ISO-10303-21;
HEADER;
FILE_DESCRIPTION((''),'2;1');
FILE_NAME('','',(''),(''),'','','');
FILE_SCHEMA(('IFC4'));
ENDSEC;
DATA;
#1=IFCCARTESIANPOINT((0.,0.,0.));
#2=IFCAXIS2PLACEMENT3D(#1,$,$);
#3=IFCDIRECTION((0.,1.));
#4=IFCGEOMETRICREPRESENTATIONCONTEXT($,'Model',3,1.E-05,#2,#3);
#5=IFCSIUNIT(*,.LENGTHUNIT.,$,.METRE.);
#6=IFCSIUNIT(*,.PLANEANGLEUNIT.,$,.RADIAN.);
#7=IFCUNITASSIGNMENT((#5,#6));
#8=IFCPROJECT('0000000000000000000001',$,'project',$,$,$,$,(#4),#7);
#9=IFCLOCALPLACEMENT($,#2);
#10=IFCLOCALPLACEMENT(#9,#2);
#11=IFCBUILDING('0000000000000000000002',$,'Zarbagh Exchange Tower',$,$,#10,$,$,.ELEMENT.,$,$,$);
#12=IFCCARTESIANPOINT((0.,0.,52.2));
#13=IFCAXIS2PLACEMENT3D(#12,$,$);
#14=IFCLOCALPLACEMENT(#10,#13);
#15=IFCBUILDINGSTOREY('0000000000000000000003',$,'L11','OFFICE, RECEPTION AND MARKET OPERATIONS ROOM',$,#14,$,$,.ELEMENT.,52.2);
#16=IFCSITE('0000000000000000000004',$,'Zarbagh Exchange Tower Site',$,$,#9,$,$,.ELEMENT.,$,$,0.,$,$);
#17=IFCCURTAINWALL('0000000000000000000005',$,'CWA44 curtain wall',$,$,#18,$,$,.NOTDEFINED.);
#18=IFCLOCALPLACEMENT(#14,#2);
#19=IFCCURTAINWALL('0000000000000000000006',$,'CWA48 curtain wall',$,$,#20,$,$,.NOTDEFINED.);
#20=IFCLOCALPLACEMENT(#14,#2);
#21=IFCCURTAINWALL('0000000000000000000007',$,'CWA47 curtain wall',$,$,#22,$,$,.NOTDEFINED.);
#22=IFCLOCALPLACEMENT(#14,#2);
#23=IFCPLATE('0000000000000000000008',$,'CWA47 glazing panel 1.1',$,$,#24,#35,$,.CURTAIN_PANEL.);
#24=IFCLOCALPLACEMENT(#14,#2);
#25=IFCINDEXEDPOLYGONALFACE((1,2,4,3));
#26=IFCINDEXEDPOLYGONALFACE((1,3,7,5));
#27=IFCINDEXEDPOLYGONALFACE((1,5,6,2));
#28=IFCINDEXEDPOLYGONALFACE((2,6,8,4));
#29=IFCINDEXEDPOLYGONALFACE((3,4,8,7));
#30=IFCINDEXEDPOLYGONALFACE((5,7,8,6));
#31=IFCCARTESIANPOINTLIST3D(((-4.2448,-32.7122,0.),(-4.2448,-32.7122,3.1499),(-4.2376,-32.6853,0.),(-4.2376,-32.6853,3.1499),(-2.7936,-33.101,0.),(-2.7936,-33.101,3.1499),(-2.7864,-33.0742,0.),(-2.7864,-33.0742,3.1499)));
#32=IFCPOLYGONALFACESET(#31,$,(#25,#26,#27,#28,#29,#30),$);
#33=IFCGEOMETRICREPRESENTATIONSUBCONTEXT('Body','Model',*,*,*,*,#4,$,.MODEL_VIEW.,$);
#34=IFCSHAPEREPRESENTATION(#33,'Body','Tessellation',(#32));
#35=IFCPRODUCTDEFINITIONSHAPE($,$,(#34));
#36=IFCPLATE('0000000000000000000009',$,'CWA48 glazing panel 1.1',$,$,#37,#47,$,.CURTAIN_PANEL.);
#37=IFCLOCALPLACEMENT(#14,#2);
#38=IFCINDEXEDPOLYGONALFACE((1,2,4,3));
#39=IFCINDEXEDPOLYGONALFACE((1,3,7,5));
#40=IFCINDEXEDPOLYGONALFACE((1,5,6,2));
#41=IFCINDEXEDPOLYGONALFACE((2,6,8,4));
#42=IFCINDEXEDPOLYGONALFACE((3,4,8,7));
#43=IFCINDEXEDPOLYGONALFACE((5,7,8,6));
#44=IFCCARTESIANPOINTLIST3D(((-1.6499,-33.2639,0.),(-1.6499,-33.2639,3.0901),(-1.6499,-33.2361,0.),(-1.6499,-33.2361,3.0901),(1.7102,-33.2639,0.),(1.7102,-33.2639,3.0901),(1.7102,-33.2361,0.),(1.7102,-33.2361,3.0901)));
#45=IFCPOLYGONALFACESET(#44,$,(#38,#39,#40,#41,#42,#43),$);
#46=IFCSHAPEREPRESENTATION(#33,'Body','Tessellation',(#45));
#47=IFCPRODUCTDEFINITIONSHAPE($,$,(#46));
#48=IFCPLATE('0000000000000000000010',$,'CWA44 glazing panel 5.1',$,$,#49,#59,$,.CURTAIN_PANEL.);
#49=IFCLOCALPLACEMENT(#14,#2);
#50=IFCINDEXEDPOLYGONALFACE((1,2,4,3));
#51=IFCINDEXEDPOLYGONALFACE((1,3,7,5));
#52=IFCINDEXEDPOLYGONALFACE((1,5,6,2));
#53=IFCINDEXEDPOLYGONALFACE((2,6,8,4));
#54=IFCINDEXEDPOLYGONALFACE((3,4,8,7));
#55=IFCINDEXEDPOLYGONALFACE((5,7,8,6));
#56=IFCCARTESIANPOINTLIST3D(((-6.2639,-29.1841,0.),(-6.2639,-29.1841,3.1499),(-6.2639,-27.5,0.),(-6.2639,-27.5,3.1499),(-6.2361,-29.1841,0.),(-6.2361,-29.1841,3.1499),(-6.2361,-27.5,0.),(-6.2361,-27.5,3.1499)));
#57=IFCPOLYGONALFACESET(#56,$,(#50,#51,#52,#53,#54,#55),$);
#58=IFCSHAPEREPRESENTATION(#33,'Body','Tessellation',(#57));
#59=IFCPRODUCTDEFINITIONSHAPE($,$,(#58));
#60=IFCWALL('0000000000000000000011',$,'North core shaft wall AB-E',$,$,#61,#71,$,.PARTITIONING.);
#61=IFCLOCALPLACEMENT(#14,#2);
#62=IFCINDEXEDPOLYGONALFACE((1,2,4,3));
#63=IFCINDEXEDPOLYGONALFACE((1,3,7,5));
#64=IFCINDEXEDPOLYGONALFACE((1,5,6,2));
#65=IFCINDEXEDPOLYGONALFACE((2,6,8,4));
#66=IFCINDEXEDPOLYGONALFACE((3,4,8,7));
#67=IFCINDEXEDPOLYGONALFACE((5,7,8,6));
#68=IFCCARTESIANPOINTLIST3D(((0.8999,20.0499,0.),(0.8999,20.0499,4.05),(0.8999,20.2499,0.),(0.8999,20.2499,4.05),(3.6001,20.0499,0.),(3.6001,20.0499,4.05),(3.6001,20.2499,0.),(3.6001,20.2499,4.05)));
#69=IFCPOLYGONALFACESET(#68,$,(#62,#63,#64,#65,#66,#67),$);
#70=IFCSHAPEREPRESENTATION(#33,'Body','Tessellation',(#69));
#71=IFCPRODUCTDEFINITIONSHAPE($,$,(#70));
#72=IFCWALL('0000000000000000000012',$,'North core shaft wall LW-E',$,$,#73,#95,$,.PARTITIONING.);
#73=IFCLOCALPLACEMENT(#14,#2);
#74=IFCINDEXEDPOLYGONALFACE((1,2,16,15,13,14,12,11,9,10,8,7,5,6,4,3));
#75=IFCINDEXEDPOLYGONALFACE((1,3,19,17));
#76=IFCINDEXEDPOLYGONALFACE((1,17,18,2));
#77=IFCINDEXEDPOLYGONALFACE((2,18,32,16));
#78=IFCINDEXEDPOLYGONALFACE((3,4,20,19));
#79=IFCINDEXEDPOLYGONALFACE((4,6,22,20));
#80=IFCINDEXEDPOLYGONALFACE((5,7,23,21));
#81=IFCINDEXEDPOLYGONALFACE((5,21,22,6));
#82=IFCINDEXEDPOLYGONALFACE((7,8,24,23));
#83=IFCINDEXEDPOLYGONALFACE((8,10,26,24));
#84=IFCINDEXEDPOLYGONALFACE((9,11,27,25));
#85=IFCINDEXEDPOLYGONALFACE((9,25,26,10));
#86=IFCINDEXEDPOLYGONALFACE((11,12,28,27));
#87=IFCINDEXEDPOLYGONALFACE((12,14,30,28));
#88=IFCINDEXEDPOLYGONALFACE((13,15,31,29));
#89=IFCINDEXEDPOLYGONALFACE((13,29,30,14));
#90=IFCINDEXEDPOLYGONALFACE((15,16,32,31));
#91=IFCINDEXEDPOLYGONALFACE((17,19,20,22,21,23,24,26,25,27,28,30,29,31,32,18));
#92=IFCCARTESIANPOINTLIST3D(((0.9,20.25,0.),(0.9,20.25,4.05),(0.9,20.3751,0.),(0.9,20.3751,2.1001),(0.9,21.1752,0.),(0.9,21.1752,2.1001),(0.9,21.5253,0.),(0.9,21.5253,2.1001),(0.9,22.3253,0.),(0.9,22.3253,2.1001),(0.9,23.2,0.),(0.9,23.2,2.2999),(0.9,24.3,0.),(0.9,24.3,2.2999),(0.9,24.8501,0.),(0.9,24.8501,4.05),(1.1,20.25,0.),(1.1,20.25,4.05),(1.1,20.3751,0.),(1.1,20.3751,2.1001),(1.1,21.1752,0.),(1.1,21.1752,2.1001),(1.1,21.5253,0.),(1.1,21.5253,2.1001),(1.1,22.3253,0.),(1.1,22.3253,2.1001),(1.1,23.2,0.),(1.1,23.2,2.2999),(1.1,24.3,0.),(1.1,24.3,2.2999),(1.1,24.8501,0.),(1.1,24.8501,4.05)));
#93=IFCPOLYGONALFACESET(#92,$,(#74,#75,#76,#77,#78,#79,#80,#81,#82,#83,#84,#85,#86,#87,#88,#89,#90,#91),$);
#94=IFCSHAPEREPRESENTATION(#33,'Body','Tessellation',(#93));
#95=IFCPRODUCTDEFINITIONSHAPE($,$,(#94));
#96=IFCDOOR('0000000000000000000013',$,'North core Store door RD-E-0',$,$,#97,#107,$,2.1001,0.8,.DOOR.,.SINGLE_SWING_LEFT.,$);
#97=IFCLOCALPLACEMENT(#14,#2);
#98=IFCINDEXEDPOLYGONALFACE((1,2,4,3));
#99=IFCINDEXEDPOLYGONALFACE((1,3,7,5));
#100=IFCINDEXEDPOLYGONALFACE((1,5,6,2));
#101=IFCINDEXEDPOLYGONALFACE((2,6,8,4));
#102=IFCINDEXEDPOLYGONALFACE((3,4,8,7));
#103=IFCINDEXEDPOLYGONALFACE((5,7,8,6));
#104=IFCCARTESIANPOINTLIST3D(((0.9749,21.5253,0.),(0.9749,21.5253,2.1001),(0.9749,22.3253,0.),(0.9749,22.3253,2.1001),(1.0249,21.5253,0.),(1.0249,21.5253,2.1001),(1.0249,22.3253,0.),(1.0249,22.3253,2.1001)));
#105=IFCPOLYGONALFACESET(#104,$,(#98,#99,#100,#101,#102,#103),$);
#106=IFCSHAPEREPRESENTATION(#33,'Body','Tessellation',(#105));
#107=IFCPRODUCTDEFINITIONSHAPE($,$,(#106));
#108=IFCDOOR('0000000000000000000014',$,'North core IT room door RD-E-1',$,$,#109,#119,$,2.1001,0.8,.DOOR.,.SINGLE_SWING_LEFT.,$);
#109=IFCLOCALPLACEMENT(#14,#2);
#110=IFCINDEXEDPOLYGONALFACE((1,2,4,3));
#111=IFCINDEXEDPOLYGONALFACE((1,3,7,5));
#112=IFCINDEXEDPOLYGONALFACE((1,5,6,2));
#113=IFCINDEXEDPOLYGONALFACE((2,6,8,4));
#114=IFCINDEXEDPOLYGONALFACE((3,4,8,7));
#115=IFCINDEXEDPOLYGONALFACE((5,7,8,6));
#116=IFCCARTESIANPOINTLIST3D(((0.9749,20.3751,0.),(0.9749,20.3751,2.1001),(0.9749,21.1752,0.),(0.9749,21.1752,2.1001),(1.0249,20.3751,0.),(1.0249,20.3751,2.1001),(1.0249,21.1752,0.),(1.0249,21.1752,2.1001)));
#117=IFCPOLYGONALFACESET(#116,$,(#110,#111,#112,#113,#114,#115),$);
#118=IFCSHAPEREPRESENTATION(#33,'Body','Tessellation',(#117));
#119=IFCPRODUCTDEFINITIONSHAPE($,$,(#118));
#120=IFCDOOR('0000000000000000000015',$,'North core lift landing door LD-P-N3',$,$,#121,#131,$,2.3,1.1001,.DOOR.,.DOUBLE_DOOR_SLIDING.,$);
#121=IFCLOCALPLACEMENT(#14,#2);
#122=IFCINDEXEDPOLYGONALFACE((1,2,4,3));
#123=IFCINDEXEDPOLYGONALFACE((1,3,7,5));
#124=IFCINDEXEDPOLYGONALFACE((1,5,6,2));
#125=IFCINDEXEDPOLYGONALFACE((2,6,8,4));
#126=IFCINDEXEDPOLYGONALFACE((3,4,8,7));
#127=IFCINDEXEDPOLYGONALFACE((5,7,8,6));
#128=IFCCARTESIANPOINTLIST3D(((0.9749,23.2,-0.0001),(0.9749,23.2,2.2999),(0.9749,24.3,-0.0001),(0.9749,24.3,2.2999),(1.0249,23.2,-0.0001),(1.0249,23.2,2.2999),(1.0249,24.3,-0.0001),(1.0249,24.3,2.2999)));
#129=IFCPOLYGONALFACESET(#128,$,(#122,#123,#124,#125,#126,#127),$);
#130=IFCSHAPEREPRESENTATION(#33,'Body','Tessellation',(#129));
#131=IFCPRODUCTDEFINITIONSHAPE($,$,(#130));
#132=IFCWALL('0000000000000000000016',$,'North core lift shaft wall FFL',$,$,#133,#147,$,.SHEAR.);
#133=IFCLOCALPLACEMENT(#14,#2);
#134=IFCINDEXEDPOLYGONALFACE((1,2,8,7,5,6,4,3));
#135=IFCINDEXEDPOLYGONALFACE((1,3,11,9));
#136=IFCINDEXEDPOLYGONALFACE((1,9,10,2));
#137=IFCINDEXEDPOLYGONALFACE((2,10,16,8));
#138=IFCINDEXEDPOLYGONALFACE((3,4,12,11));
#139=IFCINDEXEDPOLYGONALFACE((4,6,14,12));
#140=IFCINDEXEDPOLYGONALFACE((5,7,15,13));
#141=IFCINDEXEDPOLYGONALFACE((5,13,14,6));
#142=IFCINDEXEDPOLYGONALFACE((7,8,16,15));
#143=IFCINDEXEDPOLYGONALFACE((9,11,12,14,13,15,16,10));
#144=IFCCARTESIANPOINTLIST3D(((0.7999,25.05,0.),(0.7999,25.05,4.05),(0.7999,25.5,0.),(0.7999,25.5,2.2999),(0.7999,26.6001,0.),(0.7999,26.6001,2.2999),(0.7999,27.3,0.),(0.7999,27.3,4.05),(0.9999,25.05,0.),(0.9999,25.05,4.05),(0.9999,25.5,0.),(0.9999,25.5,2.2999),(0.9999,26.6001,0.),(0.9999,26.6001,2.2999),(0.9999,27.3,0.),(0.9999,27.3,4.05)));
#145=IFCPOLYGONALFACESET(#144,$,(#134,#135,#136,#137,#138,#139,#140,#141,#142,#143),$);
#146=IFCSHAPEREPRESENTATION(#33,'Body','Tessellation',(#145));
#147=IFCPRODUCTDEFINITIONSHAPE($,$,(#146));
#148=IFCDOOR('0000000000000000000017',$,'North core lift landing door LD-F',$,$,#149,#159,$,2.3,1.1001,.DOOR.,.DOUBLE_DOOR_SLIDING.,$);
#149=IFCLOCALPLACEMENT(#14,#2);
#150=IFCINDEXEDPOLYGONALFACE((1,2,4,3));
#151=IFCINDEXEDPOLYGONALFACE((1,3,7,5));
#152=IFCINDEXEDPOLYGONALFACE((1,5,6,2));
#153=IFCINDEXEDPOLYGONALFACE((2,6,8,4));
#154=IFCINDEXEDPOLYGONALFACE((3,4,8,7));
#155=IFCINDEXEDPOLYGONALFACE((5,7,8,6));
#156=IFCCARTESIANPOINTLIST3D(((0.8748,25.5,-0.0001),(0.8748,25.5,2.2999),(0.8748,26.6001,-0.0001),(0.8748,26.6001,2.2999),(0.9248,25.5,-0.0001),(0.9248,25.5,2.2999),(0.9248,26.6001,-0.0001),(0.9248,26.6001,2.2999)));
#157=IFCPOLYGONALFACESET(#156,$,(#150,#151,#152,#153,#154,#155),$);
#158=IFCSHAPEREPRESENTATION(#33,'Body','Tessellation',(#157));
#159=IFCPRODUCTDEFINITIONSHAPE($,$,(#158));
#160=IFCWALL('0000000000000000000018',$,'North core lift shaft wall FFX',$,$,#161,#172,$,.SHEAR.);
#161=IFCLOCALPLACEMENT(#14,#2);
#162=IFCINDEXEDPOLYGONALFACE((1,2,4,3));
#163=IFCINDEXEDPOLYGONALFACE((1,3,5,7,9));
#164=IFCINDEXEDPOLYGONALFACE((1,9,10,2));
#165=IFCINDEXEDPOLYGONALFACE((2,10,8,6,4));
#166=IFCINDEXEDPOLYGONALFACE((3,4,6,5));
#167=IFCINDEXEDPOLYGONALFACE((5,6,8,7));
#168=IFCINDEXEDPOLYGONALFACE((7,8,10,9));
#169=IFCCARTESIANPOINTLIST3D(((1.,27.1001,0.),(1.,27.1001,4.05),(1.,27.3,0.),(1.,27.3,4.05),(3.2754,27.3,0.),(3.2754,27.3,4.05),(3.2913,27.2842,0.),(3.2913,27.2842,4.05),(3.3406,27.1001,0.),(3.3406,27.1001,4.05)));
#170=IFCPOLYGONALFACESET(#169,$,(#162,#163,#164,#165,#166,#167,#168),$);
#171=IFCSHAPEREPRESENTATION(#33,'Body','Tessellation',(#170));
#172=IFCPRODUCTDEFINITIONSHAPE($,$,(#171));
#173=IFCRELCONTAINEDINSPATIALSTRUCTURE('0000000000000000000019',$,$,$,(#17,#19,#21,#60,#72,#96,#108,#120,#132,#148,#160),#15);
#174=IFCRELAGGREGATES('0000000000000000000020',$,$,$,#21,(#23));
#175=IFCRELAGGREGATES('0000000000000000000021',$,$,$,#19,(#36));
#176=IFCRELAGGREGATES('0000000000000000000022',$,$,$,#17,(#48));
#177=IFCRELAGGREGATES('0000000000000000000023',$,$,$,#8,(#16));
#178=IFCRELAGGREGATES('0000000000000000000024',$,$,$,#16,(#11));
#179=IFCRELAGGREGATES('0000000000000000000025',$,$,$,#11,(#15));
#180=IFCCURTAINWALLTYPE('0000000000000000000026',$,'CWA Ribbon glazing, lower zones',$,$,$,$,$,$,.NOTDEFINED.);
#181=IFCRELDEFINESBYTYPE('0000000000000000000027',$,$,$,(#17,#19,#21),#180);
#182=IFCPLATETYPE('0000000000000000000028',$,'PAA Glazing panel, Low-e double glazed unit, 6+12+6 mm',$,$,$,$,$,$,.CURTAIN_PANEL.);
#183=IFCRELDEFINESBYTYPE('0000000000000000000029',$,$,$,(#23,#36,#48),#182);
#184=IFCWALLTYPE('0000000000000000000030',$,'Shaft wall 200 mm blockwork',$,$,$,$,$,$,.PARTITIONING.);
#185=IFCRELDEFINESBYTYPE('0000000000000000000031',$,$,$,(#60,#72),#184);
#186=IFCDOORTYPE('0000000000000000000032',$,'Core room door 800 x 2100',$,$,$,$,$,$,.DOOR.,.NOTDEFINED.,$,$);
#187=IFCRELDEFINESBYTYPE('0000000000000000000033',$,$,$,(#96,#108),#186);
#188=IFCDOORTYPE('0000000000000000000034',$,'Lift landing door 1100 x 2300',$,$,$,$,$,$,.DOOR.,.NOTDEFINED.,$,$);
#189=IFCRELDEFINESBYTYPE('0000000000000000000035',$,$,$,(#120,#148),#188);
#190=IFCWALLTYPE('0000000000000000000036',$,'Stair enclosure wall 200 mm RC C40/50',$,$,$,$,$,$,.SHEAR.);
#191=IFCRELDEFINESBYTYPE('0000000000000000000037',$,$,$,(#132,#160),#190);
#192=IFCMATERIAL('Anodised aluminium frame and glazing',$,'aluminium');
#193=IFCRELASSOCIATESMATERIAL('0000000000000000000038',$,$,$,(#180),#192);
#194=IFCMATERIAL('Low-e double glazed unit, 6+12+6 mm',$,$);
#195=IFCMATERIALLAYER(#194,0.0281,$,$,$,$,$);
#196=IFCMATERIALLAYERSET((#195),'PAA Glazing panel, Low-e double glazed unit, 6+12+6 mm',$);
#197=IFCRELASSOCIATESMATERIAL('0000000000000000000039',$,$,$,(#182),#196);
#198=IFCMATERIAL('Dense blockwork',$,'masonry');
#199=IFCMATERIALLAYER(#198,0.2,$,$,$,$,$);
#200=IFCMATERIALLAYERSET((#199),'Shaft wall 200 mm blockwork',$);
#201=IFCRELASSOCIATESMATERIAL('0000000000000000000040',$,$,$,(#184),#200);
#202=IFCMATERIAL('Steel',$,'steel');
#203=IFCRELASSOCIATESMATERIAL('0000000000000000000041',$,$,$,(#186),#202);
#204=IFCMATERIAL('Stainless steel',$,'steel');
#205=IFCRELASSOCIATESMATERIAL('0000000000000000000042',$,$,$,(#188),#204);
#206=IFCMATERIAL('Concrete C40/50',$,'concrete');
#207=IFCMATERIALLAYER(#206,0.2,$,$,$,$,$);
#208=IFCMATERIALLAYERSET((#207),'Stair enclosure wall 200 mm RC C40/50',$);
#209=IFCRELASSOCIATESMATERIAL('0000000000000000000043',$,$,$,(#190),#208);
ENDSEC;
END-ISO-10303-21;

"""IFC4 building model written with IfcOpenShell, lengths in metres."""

from ifc_helpers import new_model, si_unit, direction, frame, frame_2d, origin, place, context, subcontext, project, spatial, polyline, rectangle, outline, extrude, source, transform, mapped, material, layer, layer_set, type_object, element, fill, aggregate, save


model = new_model("IFC4")

# Units and contexts
model_context = context("Model", 3, precision=1e-05, world=origin(), true_north=direction((0.0, 1.0)))
body_context = subcontext(model_context, "Body", "Model", "MODEL_VIEW")
ifc_project = project(units=[si_unit("LENGTHUNIT", "METRE"), si_unit("PLANEANGLEUNIT", "RADIAN")], contexts=[model_context])

# Site, building, storey
site_placement = place(None, origin())
site = spatial("IfcSite", under=ifc_project, at=site_placement, Name="Zarbagh Exchange Tower Site", CompositionType="ELEMENT", RefElevation=0.0)
building_placement = place(site_placement, origin())
building = spatial("IfcBuilding", under=site, at=building_placement, Name="Zarbagh Exchange Tower", CompositionType="ELEMENT")
storey_placement = place(building_placement, frame((0.0, 0.0, 52.2)))
storey = spatial("IfcBuildingStorey", under=building, at=storey_placement, Name="L11", Description="OFFICE, RECEPTION AND MARKET OPERATIONS ROOM", CompositionType="ELEMENT", Elevation=52.2)

# Curtain wall
ifc_material_1 = material(Name="Anodised aluminium frame and glazing", Category="aluminium")
curtain_wall_type = type_object("IfcCurtainWallType", Name="CWA Ribbon glazing, lower zones", PredefinedType="NOTDEFINED", material=ifc_material_1)
curtain_wall_1_placement = place(storey_placement, origin())
curtain_wall_1 = element("IfcCurtainWall", 1, at=curtain_wall_1_placement, inside=storey, type_object=curtain_wall_type, Name="CWA44 curtain wall", PredefinedType="NOTDEFINED")
placement = place(storey_placement, origin())

# Curtain wall
curtain_wall_2_placement = place(storey_placement, origin())
curtain_wall_2 = element("IfcCurtainWall", 2, at=curtain_wall_2_placement, inside=storey, type_object=curtain_wall_type, Name="CWA48 curtain wall", PredefinedType="NOTDEFINED")

# Shared definitions
ifc_material_2 = material(Name="Concrete C40/50", Category="concrete")

# Shared definitions
ifc_material_3 = material(Name="Low-e double glazed unit, 6+12+6 mm")
ifc_layer_1 = layer(ifc_material_3, 0.0281)
ifc_layer_set_1 = layer_set([ifc_layer_1], Name="PAA Glazing panel, Low-e double glazed unit, 6+12+6 mm")
plate_type = type_object("IfcPlateType", Name="PAA Glazing panel, Low-e double glazed unit, 6+12+6 mm", PredefinedType="CURTAIN_PANEL", material=ifc_layer_set_1)

# Curtain wall, plate
curtain_wall_3_placement = place(storey_placement, origin())
curtain_wall_3 = element("IfcCurtainWall", 3, at=curtain_wall_3_placement, inside=storey, type_object=curtain_wall_type, Name="CWA47 curtain wall", PredefinedType="NOTDEFINED")
shared_shape_1 = source(origin(), body_context, "Body", "SweptSolid", [
    extrude(outline(polyline([(0.0, -0.0139), (1.5024, -0.0139), (1.5024, 0.0139), (0.0, 0.0139), (0.0, -0.0139)])), origin(), (0.0, 0.0, 1.0), 3.1499),
])
plate_1 = element("IfcPlate", 4, at=placement, type_object=plate_type, Name="CWA47 glazing panel 1.1", PredefinedType="CURTAIN_PANEL", context=body_context, shape_type="MappedRepresentation", body=[
    mapped(shared_shape_1, transform((-4.2412, -32.6987, 0.0), x_axis=(0.965924, -0.258825, 0.0), y_axis=(0.258825, 0.965924, 0.0), z_axis=(0.0, 0.0, 1.0))),
])
aggregate(curtain_wall_3, [plate_1])

# Plates
shared_shape_2 = source(origin(), body_context, "Body", "SweptSolid", [
    extrude(outline(polyline([(0.0, -0.0139), (3.3601, -0.0139), (3.3601, 0.0139), (0.0, 0.0139), (0.0, -0.0139)])), origin(), (0.0, 0.0, 1.0), 3.0901),
])
plate_2 = element("IfcPlate", 5, at=placement, type_object=plate_type, Name="CWA48 glazing panel 1.1", PredefinedType="CURTAIN_PANEL", context=body_context, shape_type="MappedRepresentation", body=[
    mapped(shared_shape_2, transform((-1.6499, -33.25, 0.0), x_axis=(1.0, 0.0, 0.0), y_axis=(0.0, 1.0, 0.0), z_axis=(0.0, 0.0, 1.0))),
])
aggregate(curtain_wall_2, [plate_2])
shared_shape_3 = source(origin(), body_context, "Body", "SweptSolid", [
    extrude(outline(polyline([(0.0, -0.0139), (1.6841, -0.0139), (1.6841, 0.0139), (0.0, 0.0139), (0.0, -0.0139)])), origin(), (0.0, 0.0, 1.0), 3.1499),
])
plate_3 = element("IfcPlate", 6, at=placement, type_object=plate_type, Name="CWA44 glazing panel 5.1", PredefinedType="CURTAIN_PANEL", context=body_context, shape_type="MappedRepresentation", body=[
    mapped(shared_shape_3, transform((-6.25, -27.5, 0.0), x_axis=(0.0, -1.0, 0.0), y_axis=(1.0, 0.0, 0.0), z_axis=(0.0, 0.0, 1.0))),
])
aggregate(curtain_wall_1, [plate_3])

# Wall
ifc_material_4 = material(Name="Dense blockwork", Category="masonry")
ifc_layer_2 = layer(ifc_material_4, 0.2)
ifc_layer_set_2 = layer_set([ifc_layer_2], Name="Shaft wall 200 mm blockwork")
wall_type_1 = type_object("IfcWallType", Name="Shaft wall 200 mm blockwork", PredefinedType="PARTITIONING", material=ifc_layer_set_2)
wall_1_placement = place(storey_placement, frame((0.8999, 20.1499, 0.0), z_axis=(0.0, 0.0, 1.0), x_axis=(1.0, 0.0, 0.0)))
element("IfcWall", 7, at=wall_1_placement, inside=storey, type_object=wall_type_1, Name="North core shaft wall AB-E", PredefinedType="PARTITIONING", context=body_context, shape_type="SweptSolid", body=[
    extrude(rectangle(XDim=2.7002, YDim=0.2, at=frame_2d((1.3501, 0.0))), origin(), (0.0, 0.0, 1.0), 4.05),
])

# Wall, openings, doors
wall_2_placement = place(storey_placement, frame((1.0, 24.8501, 0.0), z_axis=(0.0, 0.0, 1.0), x_axis=(0.0, -1.0, 0.0)))
wall_2 = element("IfcWall", 8, at=wall_2_placement, inside=storey, type_object=wall_type_1, Name="North core shaft wall LW-E", PredefinedType="PARTITIONING", context=body_context, shape_type="SweptSolid", body=[
    extrude(rectangle(XDim=4.6001, YDim=0.2, at=frame_2d((2.3, 0.0))), origin(), (0.0, 0.0, 1.0), 4.05),
])
opening_1_placement = place(wall_2_placement, frame((0.55, 0.0, 0.0)))
opening_1 = element("IfcOpeningElement", 9, at=opening_1_placement, cuts=wall_2, PredefinedType="OPENING", context=body_context, shape_type="SweptSolid", body=[
    extrude(rectangle(XDim=1.1001, YDim=2.3, at=frame_2d((0.55, 1.1499))), frame((0.0, 0.1099, 0.0), z_axis=(0.0, -1.0, 0.0), x_axis=(1.0, 0.0, 0.0)), (0.0, 0.0, 1.0), 0.22),
])
opening_2_placement = place(wall_2_placement, frame((2.5249, 0.0, 0.0)))
opening_2 = element("IfcOpeningElement", 10, at=opening_2_placement, cuts=wall_2, PredefinedType="OPENING", context=body_context, shape_type="SweptSolid", body=[
    extrude(rectangle(XDim=0.8, YDim=2.1001, at=frame_2d((0.3999, 1.05))), frame((0.0, 0.1099, 0.0), z_axis=(0.0, -1.0, 0.0), x_axis=(1.0, 0.0, 0.0)), (0.0, 0.0, 1.0), 0.22),
])
opening_3_placement = place(wall_2_placement, frame((3.675, 0.0, 0.0)))
opening_3 = element("IfcOpeningElement", 11, at=opening_3_placement, cuts=wall_2, PredefinedType="OPENING", context=body_context, shape_type="SweptSolid", body=[
    extrude(rectangle(XDim=0.8, YDim=2.1001, at=frame_2d((0.3999, 1.05))), frame((0.0, 0.1099, 0.0), z_axis=(0.0, -1.0, 0.0), x_axis=(1.0, 0.0, 0.0)), (0.0, 0.0, 1.0), 0.22),
])
ifc_material_5 = material(Name="Steel", Category="steel")
door_type_1 = type_object("IfcDoorType", Name="Core room door 800 x 2100", OperationType="NOTDEFINED", PredefinedType="DOOR", material=ifc_material_5)
door_1_placement = place(opening_2_placement, origin())
door_1 = element("IfcDoor", 12, at=door_1_placement, inside=storey, type_object=door_type_1, Name="North core Store door RD-E-0", OperationType="SINGLE_SWING_LEFT", OverallHeight=2.1001, OverallWidth=0.8, PredefinedType="DOOR", context=body_context, shape_type="SweptSolid", body=[
    extrude(rectangle(XDim=0.8, YDim=2.1001, at=frame_2d((0.3999, 1.05))), frame((0.0, 0.0249, 0.0), z_axis=(0.0, -1.0, 0.0), x_axis=(1.0, 0.0, 0.0)), (0.0, 0.0, 1.0), 0.05),
])
fill(opening_2, door_1)
door_2_placement = place(opening_3_placement, origin())
door_2 = element("IfcDoor", 13, at=door_2_placement, inside=storey, type_object=door_type_1, Name="North core IT room door RD-E-1", OperationType="SINGLE_SWING_LEFT", OverallHeight=2.1001, OverallWidth=0.8, PredefinedType="DOOR", context=body_context, shape_type="SweptSolid", body=[
    extrude(rectangle(XDim=0.8, YDim=2.1001, at=frame_2d((0.3999, 1.05))), frame((0.0, 0.0249, 0.0), z_axis=(0.0, -1.0, 0.0), x_axis=(1.0, 0.0, 0.0)), (0.0, 0.0, 1.0), 0.05),
])
fill(opening_3, door_2)
ifc_material_6 = material(Name="Stainless steel", Category="steel")
door_type_2 = type_object("IfcDoorType", Name="Lift landing door 1100 x 2300", OperationType="NOTDEFINED", PredefinedType="DOOR", material=ifc_material_6)
door_3_placement = place(opening_1_placement, origin())
door_3 = element("IfcDoor", 14, at=door_3_placement, inside=storey, type_object=door_type_2, Name="North core lift landing door LD-P-N3", OperationType="DOUBLE_DOOR_SLIDING", OverallHeight=2.3, OverallWidth=1.1001, PredefinedType="DOOR", context=body_context, shape_type="SweptSolid", body=[
    extrude(rectangle(XDim=1.1001, YDim=2.3, at=frame_2d((0.55, 1.1499))), frame((0.0, 0.0249, 0.0), z_axis=(0.0, -1.0, 0.0), x_axis=(1.0, 0.0, 0.0)), (0.0, 0.0, 1.0), 0.05),
])
fill(opening_1, door_3)

# Wall, opening, door
ifc_layer_3 = layer(ifc_material_2, 0.2)
ifc_layer_set_3 = layer_set([ifc_layer_3], Name="Stair enclosure wall 200 mm RC C40/50")
wall_type_2 = type_object("IfcWallType", Name="Stair enclosure wall 200 mm RC C40/50", PredefinedType="SHEAR", material=ifc_layer_set_3)
wall_3_placement = place(storey_placement, frame((0.8999, 27.3, 0.0), z_axis=(0.0, 0.0, 1.0), x_axis=(0.0, -1.0, 0.0)))
wall_3 = element("IfcWall", 15, at=wall_3_placement, inside=storey, type_object=wall_type_2, Name="North core lift shaft wall FFL", PredefinedType="SHEAR", context=body_context, shape_type="SweptSolid", body=[
    extrude(rectangle(XDim=2.25, YDim=0.2, at=frame_2d((1.125, 0.0))), origin(), (0.0, 0.0, 1.0), 4.05),
])
opening_4_placement = place(wall_3_placement, frame((0.7, 0.0, 0.0)))
opening_4 = element("IfcOpeningElement", 16, at=opening_4_placement, cuts=wall_3, PredefinedType="OPENING", context=body_context, shape_type="SweptSolid", body=[
    extrude(rectangle(XDim=1.1001, YDim=2.3, at=frame_2d((0.55, 1.1499))), frame((0.0, 0.1099, 0.0), z_axis=(0.0, -1.0, 0.0), x_axis=(1.0, 0.0, 0.0)), (0.0, 0.0, 1.0), 0.22),
])
door_4_placement = place(opening_4_placement, origin())
door_4 = element("IfcDoor", 17, at=door_4_placement, inside=storey, type_object=door_type_2, Name="North core lift landing door LD-F", OperationType="DOUBLE_DOOR_SLIDING", OverallHeight=2.3, OverallWidth=1.1001, PredefinedType="DOOR", context=body_context, shape_type="SweptSolid", body=[
    extrude(rectangle(XDim=1.1001, YDim=2.3, at=frame_2d((0.55, 1.1499))), frame((0.0, 0.0249, 0.0), z_axis=(0.0, -1.0, 0.0), x_axis=(1.0, 0.0, 0.0)), (0.0, 0.0, 1.0), 0.05),
])
fill(opening_4, door_4)

# Wall
wall_4_placement = place(storey_placement, origin())
element("IfcWall", 18, at=wall_4_placement, inside=storey, type_object=wall_type_2, Name="North core lift shaft wall FFX", PredefinedType="SHEAR", context=body_context, shape_type="SweptSolid", body=[
    extrude(outline(polyline([(1.0, 27.1001), (3.3406, 27.1001), (3.2913, 27.2842), (3.2754, 27.3), (1.0, 27.3), (1.0, 27.1001)])), origin(), (0.0, 0.0, 1.0), 4.05),
])

save(model, "model.ifc")
